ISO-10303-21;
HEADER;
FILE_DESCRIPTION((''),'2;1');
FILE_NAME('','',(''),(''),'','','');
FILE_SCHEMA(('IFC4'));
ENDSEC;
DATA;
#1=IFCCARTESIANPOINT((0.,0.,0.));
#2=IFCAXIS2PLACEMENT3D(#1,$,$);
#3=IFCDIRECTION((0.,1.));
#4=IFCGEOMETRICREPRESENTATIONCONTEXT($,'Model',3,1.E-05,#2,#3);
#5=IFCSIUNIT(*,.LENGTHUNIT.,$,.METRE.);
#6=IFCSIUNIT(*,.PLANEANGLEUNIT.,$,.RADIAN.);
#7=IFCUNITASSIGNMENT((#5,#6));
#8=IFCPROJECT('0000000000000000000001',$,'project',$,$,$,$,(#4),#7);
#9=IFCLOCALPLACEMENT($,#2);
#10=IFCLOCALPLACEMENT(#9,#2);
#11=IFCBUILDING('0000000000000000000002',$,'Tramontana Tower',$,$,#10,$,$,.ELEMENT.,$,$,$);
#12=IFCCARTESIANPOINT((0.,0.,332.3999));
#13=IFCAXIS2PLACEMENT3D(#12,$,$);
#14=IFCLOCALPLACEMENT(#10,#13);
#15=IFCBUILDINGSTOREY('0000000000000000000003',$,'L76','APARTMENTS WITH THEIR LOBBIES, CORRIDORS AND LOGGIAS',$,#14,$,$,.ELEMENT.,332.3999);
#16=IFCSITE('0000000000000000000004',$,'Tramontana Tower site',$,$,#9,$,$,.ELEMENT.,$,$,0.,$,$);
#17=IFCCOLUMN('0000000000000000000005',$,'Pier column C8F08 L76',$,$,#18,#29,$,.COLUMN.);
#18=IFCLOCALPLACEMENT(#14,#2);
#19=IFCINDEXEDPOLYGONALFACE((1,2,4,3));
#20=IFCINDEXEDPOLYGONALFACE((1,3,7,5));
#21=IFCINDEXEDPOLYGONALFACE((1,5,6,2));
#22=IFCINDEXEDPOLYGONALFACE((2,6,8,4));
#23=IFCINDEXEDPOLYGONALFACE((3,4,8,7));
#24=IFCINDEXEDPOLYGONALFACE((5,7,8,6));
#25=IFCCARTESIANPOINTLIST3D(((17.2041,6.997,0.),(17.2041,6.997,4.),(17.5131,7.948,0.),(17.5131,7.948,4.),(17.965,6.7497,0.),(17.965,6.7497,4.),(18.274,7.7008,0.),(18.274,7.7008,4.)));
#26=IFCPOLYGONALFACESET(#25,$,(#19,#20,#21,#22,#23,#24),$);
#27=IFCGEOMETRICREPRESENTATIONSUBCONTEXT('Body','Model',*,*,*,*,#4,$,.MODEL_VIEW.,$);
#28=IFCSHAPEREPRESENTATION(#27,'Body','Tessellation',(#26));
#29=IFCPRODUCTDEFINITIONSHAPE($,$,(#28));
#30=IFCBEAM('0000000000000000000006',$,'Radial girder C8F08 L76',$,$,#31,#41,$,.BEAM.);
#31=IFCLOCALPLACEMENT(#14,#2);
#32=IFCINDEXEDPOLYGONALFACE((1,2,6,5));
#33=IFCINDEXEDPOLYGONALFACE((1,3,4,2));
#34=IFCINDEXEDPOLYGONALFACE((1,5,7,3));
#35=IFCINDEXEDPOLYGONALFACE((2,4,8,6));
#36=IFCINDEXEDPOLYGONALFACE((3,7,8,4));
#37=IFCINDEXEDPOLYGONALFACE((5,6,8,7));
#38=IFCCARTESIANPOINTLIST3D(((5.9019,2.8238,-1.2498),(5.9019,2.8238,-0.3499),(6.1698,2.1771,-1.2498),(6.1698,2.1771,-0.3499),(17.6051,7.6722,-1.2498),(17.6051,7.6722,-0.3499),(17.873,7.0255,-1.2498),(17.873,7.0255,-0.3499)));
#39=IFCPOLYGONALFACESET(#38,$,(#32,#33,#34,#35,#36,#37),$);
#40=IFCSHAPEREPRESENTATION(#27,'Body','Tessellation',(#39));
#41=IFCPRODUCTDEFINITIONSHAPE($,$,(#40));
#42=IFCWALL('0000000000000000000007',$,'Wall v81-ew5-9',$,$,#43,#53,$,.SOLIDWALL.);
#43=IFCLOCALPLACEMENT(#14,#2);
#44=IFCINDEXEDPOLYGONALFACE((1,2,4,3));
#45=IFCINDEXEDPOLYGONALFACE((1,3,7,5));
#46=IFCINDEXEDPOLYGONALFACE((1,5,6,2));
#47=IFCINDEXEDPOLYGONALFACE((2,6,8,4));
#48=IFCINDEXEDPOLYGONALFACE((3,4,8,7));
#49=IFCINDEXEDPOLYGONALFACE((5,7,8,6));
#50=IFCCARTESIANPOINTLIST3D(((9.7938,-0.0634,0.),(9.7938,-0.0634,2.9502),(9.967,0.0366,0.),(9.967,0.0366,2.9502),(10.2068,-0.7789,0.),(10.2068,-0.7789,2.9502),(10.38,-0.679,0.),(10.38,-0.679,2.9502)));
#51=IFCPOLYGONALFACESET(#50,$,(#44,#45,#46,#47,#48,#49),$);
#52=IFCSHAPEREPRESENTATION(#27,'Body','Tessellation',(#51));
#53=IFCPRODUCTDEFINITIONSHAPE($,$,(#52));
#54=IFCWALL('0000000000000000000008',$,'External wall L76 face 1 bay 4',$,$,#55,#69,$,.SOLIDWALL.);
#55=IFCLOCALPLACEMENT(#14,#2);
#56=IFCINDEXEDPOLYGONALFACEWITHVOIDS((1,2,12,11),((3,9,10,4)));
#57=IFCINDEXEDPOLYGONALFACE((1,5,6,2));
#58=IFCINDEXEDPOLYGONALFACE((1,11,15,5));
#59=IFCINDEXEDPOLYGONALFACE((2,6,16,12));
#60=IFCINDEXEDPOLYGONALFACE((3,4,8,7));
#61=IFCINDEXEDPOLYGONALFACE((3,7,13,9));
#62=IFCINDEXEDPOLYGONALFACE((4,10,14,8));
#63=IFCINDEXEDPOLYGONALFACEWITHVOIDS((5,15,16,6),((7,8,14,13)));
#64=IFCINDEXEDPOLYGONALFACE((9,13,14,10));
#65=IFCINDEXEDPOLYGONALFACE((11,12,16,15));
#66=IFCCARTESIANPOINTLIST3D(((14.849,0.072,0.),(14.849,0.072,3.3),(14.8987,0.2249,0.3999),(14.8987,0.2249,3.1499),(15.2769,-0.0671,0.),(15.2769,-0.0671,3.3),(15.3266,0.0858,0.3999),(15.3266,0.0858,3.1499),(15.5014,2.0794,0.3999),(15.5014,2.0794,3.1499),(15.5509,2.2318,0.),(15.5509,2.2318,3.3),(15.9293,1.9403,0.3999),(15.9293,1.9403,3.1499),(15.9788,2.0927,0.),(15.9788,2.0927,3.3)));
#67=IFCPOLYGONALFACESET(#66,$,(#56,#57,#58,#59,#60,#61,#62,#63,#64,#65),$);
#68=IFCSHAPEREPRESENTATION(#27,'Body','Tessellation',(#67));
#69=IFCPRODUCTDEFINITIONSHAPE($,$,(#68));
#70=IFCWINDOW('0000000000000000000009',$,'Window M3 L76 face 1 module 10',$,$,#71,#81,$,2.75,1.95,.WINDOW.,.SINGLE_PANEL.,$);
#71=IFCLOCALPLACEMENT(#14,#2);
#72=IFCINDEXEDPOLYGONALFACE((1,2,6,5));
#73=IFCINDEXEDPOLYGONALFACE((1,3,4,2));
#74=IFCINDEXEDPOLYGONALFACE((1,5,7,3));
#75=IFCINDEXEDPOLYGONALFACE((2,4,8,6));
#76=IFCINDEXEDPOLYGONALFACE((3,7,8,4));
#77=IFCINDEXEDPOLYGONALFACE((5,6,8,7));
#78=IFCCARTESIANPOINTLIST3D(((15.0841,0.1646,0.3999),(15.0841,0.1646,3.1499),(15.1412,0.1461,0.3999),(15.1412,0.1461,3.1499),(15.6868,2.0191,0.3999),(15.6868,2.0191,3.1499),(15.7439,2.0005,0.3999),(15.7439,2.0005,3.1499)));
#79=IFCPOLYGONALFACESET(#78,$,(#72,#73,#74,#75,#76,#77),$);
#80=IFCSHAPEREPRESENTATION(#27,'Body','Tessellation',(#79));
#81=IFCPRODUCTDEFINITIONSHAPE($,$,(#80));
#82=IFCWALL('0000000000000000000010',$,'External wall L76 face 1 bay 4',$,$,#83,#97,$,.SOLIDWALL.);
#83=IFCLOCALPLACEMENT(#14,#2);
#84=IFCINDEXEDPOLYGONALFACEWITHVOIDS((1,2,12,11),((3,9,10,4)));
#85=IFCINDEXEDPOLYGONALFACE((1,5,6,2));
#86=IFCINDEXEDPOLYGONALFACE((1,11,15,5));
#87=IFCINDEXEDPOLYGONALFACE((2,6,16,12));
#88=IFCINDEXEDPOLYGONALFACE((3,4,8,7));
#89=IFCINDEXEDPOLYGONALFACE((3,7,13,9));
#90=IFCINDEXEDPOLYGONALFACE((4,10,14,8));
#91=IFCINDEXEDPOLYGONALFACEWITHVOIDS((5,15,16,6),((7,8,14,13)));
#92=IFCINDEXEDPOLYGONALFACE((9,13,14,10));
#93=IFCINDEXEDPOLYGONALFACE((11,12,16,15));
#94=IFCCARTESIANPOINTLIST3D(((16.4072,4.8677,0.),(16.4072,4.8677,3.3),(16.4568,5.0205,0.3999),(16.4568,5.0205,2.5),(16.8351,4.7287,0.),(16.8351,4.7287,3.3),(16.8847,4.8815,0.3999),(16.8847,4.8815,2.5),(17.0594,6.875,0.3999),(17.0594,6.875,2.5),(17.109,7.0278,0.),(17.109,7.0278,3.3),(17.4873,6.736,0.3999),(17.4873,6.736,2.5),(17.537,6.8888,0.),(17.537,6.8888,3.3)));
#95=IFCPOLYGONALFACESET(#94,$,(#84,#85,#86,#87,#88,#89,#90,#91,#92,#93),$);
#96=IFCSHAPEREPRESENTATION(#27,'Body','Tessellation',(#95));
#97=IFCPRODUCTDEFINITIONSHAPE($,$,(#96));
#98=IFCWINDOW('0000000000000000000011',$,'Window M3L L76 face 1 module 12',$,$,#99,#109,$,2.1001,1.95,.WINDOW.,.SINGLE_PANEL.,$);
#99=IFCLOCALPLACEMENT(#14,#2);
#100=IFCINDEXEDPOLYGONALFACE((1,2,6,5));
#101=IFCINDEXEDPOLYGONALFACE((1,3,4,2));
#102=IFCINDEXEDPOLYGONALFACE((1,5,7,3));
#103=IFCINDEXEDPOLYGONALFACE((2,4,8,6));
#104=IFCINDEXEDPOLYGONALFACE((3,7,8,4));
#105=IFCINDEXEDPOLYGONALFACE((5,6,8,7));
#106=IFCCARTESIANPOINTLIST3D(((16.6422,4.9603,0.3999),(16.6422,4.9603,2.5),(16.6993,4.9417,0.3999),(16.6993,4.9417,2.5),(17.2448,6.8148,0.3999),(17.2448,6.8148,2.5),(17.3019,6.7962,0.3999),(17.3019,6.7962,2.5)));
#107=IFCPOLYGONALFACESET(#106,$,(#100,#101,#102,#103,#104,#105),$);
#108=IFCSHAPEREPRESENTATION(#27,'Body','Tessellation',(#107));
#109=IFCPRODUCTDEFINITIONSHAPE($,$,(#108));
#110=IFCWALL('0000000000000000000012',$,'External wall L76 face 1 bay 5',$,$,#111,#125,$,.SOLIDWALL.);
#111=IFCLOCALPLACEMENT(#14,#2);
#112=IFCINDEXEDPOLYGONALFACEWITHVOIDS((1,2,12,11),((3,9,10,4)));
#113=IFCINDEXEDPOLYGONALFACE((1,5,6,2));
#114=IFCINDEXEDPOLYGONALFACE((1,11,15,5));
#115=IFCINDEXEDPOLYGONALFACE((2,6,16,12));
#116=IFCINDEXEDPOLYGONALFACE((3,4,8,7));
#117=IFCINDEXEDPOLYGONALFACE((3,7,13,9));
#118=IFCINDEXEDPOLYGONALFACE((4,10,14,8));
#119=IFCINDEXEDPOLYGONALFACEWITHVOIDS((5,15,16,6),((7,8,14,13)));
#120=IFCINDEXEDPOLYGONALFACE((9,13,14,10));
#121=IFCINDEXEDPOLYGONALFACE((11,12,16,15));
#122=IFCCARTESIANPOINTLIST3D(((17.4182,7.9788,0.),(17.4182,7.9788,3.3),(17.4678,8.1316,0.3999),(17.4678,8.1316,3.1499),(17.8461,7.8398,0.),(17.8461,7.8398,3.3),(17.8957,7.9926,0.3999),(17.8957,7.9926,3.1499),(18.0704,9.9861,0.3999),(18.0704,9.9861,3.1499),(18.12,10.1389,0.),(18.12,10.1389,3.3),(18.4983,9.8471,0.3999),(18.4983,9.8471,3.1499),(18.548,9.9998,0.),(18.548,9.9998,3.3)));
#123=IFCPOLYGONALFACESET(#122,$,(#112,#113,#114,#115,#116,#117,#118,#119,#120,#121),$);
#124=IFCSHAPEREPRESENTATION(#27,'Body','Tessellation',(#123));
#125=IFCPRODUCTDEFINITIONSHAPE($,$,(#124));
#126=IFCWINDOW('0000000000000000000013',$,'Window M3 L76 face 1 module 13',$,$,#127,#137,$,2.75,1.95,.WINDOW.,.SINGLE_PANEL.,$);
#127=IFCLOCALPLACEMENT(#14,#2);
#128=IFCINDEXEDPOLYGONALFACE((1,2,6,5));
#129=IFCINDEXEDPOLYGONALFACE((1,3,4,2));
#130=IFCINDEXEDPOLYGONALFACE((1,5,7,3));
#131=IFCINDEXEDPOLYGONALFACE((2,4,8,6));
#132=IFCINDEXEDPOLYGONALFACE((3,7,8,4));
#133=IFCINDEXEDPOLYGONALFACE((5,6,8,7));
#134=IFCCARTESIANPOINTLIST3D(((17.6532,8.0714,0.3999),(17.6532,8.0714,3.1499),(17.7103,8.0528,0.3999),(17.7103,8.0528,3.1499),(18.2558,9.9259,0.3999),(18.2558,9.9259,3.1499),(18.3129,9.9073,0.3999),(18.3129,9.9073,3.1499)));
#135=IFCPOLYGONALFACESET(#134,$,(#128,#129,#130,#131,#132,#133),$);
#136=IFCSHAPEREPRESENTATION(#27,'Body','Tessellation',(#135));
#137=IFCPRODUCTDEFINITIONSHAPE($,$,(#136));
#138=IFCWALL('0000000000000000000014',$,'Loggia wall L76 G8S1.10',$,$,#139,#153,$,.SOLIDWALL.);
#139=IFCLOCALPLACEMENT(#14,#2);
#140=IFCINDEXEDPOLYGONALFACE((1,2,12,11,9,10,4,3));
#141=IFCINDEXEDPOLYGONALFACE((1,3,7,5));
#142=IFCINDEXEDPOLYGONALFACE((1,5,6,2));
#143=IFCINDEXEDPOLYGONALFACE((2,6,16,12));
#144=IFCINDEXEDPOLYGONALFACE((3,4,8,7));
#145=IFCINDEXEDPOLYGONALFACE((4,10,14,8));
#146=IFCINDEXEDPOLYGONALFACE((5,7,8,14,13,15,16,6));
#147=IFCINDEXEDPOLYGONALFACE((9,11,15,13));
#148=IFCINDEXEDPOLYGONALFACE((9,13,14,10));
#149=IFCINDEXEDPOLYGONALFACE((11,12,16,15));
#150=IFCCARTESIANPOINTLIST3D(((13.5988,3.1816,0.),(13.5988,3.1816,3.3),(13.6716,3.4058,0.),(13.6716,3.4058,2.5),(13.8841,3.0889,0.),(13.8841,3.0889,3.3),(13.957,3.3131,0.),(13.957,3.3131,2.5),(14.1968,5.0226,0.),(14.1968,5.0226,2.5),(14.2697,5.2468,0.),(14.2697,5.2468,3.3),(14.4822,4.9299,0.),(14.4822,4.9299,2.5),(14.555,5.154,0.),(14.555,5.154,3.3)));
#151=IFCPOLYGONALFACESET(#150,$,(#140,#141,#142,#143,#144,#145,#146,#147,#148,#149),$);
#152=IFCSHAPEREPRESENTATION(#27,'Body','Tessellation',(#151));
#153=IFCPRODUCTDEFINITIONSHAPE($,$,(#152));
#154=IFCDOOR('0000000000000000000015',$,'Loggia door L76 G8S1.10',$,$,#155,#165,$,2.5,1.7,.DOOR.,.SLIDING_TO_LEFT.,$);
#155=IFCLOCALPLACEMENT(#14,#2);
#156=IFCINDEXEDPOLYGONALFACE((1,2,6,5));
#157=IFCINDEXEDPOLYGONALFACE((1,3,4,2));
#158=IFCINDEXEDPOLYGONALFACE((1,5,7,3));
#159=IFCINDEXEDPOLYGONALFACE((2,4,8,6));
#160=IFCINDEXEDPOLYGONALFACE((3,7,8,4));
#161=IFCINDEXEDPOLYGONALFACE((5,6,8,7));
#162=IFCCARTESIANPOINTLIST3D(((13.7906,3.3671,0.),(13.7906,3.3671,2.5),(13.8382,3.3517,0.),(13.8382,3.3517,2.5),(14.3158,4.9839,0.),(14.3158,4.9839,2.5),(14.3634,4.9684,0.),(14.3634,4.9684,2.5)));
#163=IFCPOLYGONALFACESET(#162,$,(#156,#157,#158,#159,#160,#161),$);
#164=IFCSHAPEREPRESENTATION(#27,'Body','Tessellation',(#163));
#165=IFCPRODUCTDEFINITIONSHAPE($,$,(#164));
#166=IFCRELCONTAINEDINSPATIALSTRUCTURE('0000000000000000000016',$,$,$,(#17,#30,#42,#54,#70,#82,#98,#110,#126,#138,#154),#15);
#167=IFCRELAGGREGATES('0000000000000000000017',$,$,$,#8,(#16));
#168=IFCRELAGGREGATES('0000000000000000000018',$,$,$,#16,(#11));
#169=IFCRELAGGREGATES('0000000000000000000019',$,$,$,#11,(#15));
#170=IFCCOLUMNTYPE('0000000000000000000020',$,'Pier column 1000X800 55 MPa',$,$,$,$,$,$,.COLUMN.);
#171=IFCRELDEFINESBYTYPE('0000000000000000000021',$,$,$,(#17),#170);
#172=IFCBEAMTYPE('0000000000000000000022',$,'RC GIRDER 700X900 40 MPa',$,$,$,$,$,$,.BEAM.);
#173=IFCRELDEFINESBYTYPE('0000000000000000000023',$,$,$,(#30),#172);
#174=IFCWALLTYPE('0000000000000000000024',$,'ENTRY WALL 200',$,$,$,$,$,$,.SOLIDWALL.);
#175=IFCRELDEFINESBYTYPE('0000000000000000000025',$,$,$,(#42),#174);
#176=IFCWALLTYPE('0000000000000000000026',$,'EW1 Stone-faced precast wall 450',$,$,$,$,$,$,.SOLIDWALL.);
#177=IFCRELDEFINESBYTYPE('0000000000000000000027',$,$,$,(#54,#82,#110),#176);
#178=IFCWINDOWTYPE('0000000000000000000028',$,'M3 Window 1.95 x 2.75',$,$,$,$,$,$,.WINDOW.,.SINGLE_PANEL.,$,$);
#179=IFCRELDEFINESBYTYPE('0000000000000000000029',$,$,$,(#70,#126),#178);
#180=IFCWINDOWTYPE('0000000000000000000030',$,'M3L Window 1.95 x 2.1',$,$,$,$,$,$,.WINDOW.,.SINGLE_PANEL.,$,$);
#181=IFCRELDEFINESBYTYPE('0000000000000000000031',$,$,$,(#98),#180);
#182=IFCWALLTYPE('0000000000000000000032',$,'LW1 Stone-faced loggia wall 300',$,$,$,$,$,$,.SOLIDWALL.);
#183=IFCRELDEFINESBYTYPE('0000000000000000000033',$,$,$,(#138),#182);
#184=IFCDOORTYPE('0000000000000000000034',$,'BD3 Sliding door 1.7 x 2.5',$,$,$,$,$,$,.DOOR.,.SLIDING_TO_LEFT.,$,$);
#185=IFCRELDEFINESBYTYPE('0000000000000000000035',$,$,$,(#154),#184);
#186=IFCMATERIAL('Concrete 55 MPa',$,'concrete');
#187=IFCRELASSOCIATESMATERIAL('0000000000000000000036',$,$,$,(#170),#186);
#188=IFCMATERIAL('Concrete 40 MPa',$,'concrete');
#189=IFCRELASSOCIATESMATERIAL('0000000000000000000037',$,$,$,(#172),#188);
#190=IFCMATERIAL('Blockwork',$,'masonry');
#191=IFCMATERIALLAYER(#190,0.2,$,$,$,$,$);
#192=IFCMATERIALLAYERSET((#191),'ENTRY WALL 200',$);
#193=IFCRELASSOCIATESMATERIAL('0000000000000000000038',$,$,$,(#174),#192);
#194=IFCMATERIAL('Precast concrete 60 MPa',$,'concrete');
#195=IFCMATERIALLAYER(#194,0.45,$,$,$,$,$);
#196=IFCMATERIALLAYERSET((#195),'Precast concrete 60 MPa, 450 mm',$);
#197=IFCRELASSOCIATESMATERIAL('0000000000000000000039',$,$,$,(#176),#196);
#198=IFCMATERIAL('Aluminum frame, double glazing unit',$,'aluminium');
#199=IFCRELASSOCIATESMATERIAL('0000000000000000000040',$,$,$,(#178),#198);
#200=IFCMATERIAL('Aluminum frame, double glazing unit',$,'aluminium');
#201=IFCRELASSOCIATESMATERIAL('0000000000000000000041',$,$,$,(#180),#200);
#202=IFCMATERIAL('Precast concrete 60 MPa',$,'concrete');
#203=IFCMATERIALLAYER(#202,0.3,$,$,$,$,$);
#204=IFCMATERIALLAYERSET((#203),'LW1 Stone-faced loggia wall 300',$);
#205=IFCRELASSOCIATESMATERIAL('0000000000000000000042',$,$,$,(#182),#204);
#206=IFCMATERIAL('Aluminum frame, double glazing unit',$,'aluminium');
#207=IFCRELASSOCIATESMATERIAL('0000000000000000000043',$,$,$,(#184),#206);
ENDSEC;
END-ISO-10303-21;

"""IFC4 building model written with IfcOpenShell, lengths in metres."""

from ifc_helpers import new_model, si_unit, direction, frame, frame_2d, origin, origin_2d, place, context, subcontext, project, spatial, rectangle, extrude, material, layer, layer_set, material_profile, profile_set, type_object, element, fill, save


model = new_model("IFC4")

# Units and contexts
model_context = context("Model", 3, precision=1e-05, world=origin(), true_north=direction((0.0, 1.0)))
body_context = subcontext(model_context, "Body", "Model", "MODEL_VIEW")
ifc_project = project(units=[si_unit("LENGTHUNIT", "METRE"), si_unit("PLANEANGLEUNIT", "RADIAN")], contexts=[model_context])

# Site, building, storey
site_placement = place(None, origin())
site = spatial("IfcSite", under=ifc_project, at=site_placement, Name="Tramontana Tower site", CompositionType="ELEMENT", RefElevation=0.0)
building_placement = place(site_placement, origin())
building = spatial("IfcBuilding", under=site, at=building_placement, Name="Tramontana Tower", CompositionType="ELEMENT")
storey_placement = place(building_placement, frame((0.0, 0.0, 332.3999)))
storey = spatial("IfcBuildingStorey", under=building, at=storey_placement, Name="L76", Description="APARTMENTS WITH THEIR LOBBIES, CORRIDORS AND LOGGIAS", CompositionType="ELEMENT", Elevation=332.3999)

# Column
ifc_material_1 = material(Name="Concrete 55 MPa", Category="concrete")
ifc_material_profile_1 = material_profile(ifc_material_1, rectangle(XDim=1.0, YDim=0.8, at=origin_2d()), Name="Pier column 1000X800 55 MPa")
ifc_profile_set_1 = profile_set([ifc_material_profile_1], Name="Concrete 55 MPa")
column_type = type_object("IfcColumnType", Name="Pier column 1000X800 55 MPa", PredefinedType="COLUMN", material=ifc_profile_set_1)
column_placement = place(storey_placement, frame((17.739, 7.3489, 0.0), z_axis=(0.0, 0.0, 1.0), x_axis=(0.309017, 0.951057, 0.0)))
element("IfcColumn", 1, at=column_placement, inside=storey, type_object=column_type, Name="Pier column C8F08 L76", PredefinedType="COLUMN", context=body_context, shape_type="SweptSolid", body=[
    extrude(rectangle(XDim=1.0, YDim=0.8, at=origin_2d()), origin(), (0.0, 0.0, 1.0), 4.0),
])

# Beam
ifc_material_2 = material(Name="Concrete 40 MPa", Category="concrete")
ifc_material_profile_2 = material_profile(ifc_material_2, rectangle(XDim=0.7, YDim=0.8999, at=origin_2d()), Name="RC GIRDER 700X900 40 MPa")
ifc_profile_set_2 = profile_set([ifc_material_profile_2], Name="Concrete 40 MPa")
beam_type = type_object("IfcBeamType", Name="RC GIRDER 700X900 40 MPa", PredefinedType="BEAM", material=ifc_profile_set_2)
beam_placement = place(storey_placement, frame((17.739, 7.3489, -0.7998), z_axis=(-0.923857, -0.382737, 0.0), x_axis=(0.382737, -0.923857, 0.0)))
element("IfcBeam", 2, at=beam_placement, inside=storey, type_object=beam_type, Name="Radial girder C8F08 L76", PredefinedType="BEAM", context=body_context, shape_type="SweptSolid", body=[
    extrude(rectangle(XDim=0.7, YDim=0.8999, at=origin_2d()), origin(), (0.0, 0.0, 1.0), 12.6677),
])

# Wall
ifc_material_3 = material(Name="Blockwork", Category="masonry")
ifc_layer_1 = layer(ifc_material_3, 0.2)
ifc_layer_set_1 = layer_set([ifc_layer_1], Name="ENTRY WALL 200")
wall_type_1 = type_object("IfcWallType", Name="ENTRY WALL 200", PredefinedType="SOLIDWALL", material=ifc_layer_set_1)
wall_1_placement = place(storey_placement, frame((9.8804, -0.0134, 0.0), z_axis=(0.0, 0.0, 1.0), x_axis=(0.499953, -0.866053, 0.0)))
element("IfcWall", 3, at=wall_1_placement, inside=storey, type_object=wall_type_1, Name="Wall v81-ew5-9", PredefinedType="SOLIDWALL", context=body_context, shape_type="SweptSolid", body=[
    extrude(rectangle(XDim=0.8262, YDim=0.2, at=frame_2d((0.4131, 0.0))), origin(), (0.0, 0.0, 1.0), 2.9502),
])

# Walls, openings, windows
ifc_material_4 = material(Name="Precast concrete 60 MPa", Category="concrete")
ifc_layer_2 = layer(ifc_material_4, 0.45)
ifc_layer_set_2 = layer_set([ifc_layer_2], Name="Precast concrete 60 MPa, 450 mm")
wall_type_2 = type_object("IfcWallType", Name="EW1 Stone-faced precast wall 450", PredefinedType="SOLIDWALL", material=ifc_layer_set_2)
wall_2_placement = place(storey_placement, frame((15.063, 0.0024, 0.0), z_axis=(0.0, 0.0, 1.0), x_axis=(0.309059, 0.951043, 0.0)))
wall_2 = element("IfcWall", 4, at=wall_2_placement, inside=storey, type_object=wall_type_2, Name="External wall L76 face 1 bay 4", PredefinedType="SOLIDWALL", context=body_context, shape_type="SweptSolid", body=[
    extrude(rectangle(XDim=2.271, YDim=0.45, at=frame_2d((1.1355, 0.0))), origin(), (0.0, 0.0, 1.0), 3.3),
])
opening_1_placement = place(wall_2_placement, frame((0.1606, 0.0, 0.3999)))
opening_1 = element("IfcOpeningElement", 5, at=opening_1_placement, cuts=wall_2, PredefinedType="OPENING", context=body_context, shape_type="SweptSolid", body=[
    extrude(rectangle(XDim=1.95, YDim=2.75, at=frame_2d((0.9751, 1.375))), frame((0.0, 0.2349, 0.0), z_axis=(0.0, -1.0, 0.0), x_axis=(1.0, 0.0, 0.0)), (0.0, 0.0, 1.0), 0.47),
])
ifc_material_5 = material(Name="Aluminum frame, double glazing unit", Category="aluminium")
window_type_1 = type_object("IfcWindowType", Name="M3 Window 1.95 x 2.75", PartitioningType="SINGLE_PANEL", PredefinedType="WINDOW", material=ifc_material_5)
window_1_placement = place(opening_1_placement, origin())
window_1 = element("IfcWindow", 6, at=window_1_placement, inside=storey, type_object=window_type_1, Name="Window M3 L76 face 1 module 10", OverallHeight=2.75, OverallWidth=1.95, PartitioningType="SINGLE_PANEL", PredefinedType="WINDOW", context=body_context, shape_type="SweptSolid", body=[
    extrude(rectangle(XDim=1.95, YDim=2.75, at=frame_2d((0.9751, 1.375))), frame((0.0, 0.03, 0.0), z_axis=(0.0, -1.0, 0.0), x_axis=(1.0, 0.0, 0.0)), (0.0, 0.0, 1.0), 0.0601),
])
fill(opening_1, window_1)
wall_3_placement = place(storey_placement, frame((16.6211, 4.7981, 0.0), z_axis=(0.0, 0.0, 1.0), x_axis=(0.309028, 0.951053, 0.0)))
wall_3 = element("IfcWall", 7, at=wall_3_placement, inside=storey, type_object=wall_type_2, Name="External wall L76 face 1 bay 4", PredefinedType="SOLIDWALL", context=body_context, shape_type="SweptSolid", body=[
    extrude(rectangle(XDim=2.2712, YDim=0.45, at=frame_2d((1.1357, 0.0))), origin(), (0.0, 0.0, 1.0), 3.3),
])
opening_2_placement = place(wall_3_placement, frame((0.1606, 0.0, 0.3999)))
opening_2 = element("IfcOpeningElement", 8, at=opening_2_placement, cuts=wall_3, PredefinedType="OPENING", context=body_context, shape_type="SweptSolid", body=[
    extrude(rectangle(XDim=1.95, YDim=2.1001, at=frame_2d((0.9751, 1.05))), frame((0.0, 0.2349, 0.0), z_axis=(0.0, -1.0, 0.0), x_axis=(1.0, 0.0, 0.0)), (0.0, 0.0, 1.0), 0.47),
])
ifc_material_6 = material(Name="Aluminum frame, double glazing unit", Category="aluminium")
window_type_2 = type_object("IfcWindowType", Name="M3L Window 1.95 x 2.1", PartitioningType="SINGLE_PANEL", PredefinedType="WINDOW", material=ifc_material_6)
window_2_placement = place(opening_2_placement, origin())
window_2 = element("IfcWindow", 9, at=window_2_placement, inside=storey, type_object=window_type_2, Name="Window M3L L76 face 1 module 12", OverallHeight=2.1001, OverallWidth=1.95, PartitioningType="SINGLE_PANEL", PredefinedType="WINDOW", context=body_context, shape_type="SweptSolid", body=[
    extrude(rectangle(XDim=1.95, YDim=2.1001, at=frame_2d((0.9751, 1.05))), frame((0.0, 0.03, 0.0), z_axis=(0.0, -1.0, 0.0), x_axis=(1.0, 0.0, 0.0)), (0.0, 0.0, 1.0), 0.0601),
])
fill(opening_2, window_2)
wall_4_placement = place(storey_placement, frame((17.6321, 7.9092, 0.0), z_axis=(0.0, 0.0, 1.0), x_axis=(0.309028, 0.951053, 0.0)))
wall_4 = element("IfcWall", 10, at=wall_4_placement, inside=storey, type_object=wall_type_2, Name="External wall L76 face 1 bay 5", PredefinedType="SOLIDWALL", context=body_context, shape_type="SweptSolid", body=[
    extrude(rectangle(XDim=2.2712, YDim=0.45, at=frame_2d((1.1357, 0.0))), origin(), (0.0, 0.0, 1.0), 3.3),
])
opening_3_placement = place(wall_4_placement, frame((0.1606, 0.0, 0.3999)))
opening_3 = element("IfcOpeningElement", 11, at=opening_3_placement, cuts=wall_4, PredefinedType="OPENING", context=body_context, shape_type="SweptSolid", body=[
    extrude(rectangle(XDim=1.95, YDim=2.75, at=frame_2d((0.9751, 1.375))), frame((0.0, 0.2349, 0.0), z_axis=(0.0, -1.0, 0.0), x_axis=(1.0, 0.0, 0.0)), (0.0, 0.0, 1.0), 0.47),
])
window_3_placement = place(opening_3_placement, origin())
window_3 = element("IfcWindow", 12, at=window_3_placement, inside=storey, type_object=window_type_1, Name="Window M3 L76 face 1 module 13", OverallHeight=2.75, OverallWidth=1.95, PartitioningType="SINGLE_PANEL", PredefinedType="WINDOW", context=body_context, shape_type="SweptSolid", body=[
    extrude(rectangle(XDim=1.95, YDim=2.75, at=frame_2d((0.9751, 1.375))), frame((0.0, 0.03, 0.0), z_axis=(0.0, -1.0, 0.0), x_axis=(1.0, 0.0, 0.0)), (0.0, 0.0, 1.0), 0.0601),
])
fill(opening_3, window_3)

# Wall, opening, door
ifc_material_7 = material(Name="Precast concrete 60 MPa", Category="concrete")
ifc_layer_3 = layer(ifc_material_7, 0.3)
ifc_layer_set_3 = layer_set([ifc_layer_3], Name="LW1 Stone-faced loggia wall 300")
wall_type_3 = type_object("IfcWallType", Name="LW1 Stone-faced loggia wall 300", PredefinedType="SOLIDWALL", material=ifc_layer_set_3)
wall_5_placement = place(storey_placement, frame((13.7415, 3.1353, 0.0), z_axis=(0.0, 0.0, 1.0), x_axis=(0.308967, 0.951073, 0.0)))
wall_5 = element("IfcWall", 13, at=wall_5_placement, inside=storey, type_object=wall_type_3, Name="Loggia wall L76 G8S1.10", PredefinedType="SOLIDWALL", context=body_context, shape_type="SweptSolid", body=[
    extrude(rectangle(XDim=2.1714, YDim=0.3, at=frame_2d((1.0857, 0.0))), origin(), (0.0, 0.0, 1.0), 3.3),
])
opening_4_placement = place(wall_5_placement, frame((0.2356, 0.0, 0.0)))
opening_4 = element("IfcOpeningElement", 14, at=opening_4_placement, cuts=wall_5, PredefinedType="OPENING", context=body_context, shape_type="SweptSolid", body=[
    extrude(rectangle(XDim=1.7, YDim=2.5, at=frame_2d((0.8501, 1.25))), frame((0.0, 0.1599, 0.0), z_axis=(0.0, -1.0, 0.0), x_axis=(1.0, 0.0, 0.0)), (0.0, 0.0, 1.0), 0.3201),
])
ifc_material_8 = material(Name="Aluminum frame, double glazing unit", Category="aluminium")
door_type_1 = type_object("IfcDoorType", Name="BD3 Sliding door 1.7 x 2.5", OperationType="SLIDING_TO_LEFT", PredefinedType="DOOR", material=ifc_material_8)
door_1_placement = place(opening_4_placement, origin())
door_1 = element("IfcDoor", 15, at=door_1_placement, inside=storey, type_object=door_type_1, Name="Loggia door L76 G8S1.10", OperationType="SLIDING_TO_LEFT", OverallHeight=2.5, OverallWidth=1.7, PredefinedType="DOOR", context=body_context, shape_type="SweptSolid", body=[
    extrude(rectangle(XDim=1.7, YDim=2.5, at=frame_2d((0.8501, 1.25))), frame((0.0, 0.0249, 0.0), z_axis=(0.0, -1.0, 0.0), x_axis=(1.0, 0.0, 0.0)), (0.0, 0.0, 1.0), 0.05),
])
fill(opening_4, door_1)

save(model, "model.ifc")
